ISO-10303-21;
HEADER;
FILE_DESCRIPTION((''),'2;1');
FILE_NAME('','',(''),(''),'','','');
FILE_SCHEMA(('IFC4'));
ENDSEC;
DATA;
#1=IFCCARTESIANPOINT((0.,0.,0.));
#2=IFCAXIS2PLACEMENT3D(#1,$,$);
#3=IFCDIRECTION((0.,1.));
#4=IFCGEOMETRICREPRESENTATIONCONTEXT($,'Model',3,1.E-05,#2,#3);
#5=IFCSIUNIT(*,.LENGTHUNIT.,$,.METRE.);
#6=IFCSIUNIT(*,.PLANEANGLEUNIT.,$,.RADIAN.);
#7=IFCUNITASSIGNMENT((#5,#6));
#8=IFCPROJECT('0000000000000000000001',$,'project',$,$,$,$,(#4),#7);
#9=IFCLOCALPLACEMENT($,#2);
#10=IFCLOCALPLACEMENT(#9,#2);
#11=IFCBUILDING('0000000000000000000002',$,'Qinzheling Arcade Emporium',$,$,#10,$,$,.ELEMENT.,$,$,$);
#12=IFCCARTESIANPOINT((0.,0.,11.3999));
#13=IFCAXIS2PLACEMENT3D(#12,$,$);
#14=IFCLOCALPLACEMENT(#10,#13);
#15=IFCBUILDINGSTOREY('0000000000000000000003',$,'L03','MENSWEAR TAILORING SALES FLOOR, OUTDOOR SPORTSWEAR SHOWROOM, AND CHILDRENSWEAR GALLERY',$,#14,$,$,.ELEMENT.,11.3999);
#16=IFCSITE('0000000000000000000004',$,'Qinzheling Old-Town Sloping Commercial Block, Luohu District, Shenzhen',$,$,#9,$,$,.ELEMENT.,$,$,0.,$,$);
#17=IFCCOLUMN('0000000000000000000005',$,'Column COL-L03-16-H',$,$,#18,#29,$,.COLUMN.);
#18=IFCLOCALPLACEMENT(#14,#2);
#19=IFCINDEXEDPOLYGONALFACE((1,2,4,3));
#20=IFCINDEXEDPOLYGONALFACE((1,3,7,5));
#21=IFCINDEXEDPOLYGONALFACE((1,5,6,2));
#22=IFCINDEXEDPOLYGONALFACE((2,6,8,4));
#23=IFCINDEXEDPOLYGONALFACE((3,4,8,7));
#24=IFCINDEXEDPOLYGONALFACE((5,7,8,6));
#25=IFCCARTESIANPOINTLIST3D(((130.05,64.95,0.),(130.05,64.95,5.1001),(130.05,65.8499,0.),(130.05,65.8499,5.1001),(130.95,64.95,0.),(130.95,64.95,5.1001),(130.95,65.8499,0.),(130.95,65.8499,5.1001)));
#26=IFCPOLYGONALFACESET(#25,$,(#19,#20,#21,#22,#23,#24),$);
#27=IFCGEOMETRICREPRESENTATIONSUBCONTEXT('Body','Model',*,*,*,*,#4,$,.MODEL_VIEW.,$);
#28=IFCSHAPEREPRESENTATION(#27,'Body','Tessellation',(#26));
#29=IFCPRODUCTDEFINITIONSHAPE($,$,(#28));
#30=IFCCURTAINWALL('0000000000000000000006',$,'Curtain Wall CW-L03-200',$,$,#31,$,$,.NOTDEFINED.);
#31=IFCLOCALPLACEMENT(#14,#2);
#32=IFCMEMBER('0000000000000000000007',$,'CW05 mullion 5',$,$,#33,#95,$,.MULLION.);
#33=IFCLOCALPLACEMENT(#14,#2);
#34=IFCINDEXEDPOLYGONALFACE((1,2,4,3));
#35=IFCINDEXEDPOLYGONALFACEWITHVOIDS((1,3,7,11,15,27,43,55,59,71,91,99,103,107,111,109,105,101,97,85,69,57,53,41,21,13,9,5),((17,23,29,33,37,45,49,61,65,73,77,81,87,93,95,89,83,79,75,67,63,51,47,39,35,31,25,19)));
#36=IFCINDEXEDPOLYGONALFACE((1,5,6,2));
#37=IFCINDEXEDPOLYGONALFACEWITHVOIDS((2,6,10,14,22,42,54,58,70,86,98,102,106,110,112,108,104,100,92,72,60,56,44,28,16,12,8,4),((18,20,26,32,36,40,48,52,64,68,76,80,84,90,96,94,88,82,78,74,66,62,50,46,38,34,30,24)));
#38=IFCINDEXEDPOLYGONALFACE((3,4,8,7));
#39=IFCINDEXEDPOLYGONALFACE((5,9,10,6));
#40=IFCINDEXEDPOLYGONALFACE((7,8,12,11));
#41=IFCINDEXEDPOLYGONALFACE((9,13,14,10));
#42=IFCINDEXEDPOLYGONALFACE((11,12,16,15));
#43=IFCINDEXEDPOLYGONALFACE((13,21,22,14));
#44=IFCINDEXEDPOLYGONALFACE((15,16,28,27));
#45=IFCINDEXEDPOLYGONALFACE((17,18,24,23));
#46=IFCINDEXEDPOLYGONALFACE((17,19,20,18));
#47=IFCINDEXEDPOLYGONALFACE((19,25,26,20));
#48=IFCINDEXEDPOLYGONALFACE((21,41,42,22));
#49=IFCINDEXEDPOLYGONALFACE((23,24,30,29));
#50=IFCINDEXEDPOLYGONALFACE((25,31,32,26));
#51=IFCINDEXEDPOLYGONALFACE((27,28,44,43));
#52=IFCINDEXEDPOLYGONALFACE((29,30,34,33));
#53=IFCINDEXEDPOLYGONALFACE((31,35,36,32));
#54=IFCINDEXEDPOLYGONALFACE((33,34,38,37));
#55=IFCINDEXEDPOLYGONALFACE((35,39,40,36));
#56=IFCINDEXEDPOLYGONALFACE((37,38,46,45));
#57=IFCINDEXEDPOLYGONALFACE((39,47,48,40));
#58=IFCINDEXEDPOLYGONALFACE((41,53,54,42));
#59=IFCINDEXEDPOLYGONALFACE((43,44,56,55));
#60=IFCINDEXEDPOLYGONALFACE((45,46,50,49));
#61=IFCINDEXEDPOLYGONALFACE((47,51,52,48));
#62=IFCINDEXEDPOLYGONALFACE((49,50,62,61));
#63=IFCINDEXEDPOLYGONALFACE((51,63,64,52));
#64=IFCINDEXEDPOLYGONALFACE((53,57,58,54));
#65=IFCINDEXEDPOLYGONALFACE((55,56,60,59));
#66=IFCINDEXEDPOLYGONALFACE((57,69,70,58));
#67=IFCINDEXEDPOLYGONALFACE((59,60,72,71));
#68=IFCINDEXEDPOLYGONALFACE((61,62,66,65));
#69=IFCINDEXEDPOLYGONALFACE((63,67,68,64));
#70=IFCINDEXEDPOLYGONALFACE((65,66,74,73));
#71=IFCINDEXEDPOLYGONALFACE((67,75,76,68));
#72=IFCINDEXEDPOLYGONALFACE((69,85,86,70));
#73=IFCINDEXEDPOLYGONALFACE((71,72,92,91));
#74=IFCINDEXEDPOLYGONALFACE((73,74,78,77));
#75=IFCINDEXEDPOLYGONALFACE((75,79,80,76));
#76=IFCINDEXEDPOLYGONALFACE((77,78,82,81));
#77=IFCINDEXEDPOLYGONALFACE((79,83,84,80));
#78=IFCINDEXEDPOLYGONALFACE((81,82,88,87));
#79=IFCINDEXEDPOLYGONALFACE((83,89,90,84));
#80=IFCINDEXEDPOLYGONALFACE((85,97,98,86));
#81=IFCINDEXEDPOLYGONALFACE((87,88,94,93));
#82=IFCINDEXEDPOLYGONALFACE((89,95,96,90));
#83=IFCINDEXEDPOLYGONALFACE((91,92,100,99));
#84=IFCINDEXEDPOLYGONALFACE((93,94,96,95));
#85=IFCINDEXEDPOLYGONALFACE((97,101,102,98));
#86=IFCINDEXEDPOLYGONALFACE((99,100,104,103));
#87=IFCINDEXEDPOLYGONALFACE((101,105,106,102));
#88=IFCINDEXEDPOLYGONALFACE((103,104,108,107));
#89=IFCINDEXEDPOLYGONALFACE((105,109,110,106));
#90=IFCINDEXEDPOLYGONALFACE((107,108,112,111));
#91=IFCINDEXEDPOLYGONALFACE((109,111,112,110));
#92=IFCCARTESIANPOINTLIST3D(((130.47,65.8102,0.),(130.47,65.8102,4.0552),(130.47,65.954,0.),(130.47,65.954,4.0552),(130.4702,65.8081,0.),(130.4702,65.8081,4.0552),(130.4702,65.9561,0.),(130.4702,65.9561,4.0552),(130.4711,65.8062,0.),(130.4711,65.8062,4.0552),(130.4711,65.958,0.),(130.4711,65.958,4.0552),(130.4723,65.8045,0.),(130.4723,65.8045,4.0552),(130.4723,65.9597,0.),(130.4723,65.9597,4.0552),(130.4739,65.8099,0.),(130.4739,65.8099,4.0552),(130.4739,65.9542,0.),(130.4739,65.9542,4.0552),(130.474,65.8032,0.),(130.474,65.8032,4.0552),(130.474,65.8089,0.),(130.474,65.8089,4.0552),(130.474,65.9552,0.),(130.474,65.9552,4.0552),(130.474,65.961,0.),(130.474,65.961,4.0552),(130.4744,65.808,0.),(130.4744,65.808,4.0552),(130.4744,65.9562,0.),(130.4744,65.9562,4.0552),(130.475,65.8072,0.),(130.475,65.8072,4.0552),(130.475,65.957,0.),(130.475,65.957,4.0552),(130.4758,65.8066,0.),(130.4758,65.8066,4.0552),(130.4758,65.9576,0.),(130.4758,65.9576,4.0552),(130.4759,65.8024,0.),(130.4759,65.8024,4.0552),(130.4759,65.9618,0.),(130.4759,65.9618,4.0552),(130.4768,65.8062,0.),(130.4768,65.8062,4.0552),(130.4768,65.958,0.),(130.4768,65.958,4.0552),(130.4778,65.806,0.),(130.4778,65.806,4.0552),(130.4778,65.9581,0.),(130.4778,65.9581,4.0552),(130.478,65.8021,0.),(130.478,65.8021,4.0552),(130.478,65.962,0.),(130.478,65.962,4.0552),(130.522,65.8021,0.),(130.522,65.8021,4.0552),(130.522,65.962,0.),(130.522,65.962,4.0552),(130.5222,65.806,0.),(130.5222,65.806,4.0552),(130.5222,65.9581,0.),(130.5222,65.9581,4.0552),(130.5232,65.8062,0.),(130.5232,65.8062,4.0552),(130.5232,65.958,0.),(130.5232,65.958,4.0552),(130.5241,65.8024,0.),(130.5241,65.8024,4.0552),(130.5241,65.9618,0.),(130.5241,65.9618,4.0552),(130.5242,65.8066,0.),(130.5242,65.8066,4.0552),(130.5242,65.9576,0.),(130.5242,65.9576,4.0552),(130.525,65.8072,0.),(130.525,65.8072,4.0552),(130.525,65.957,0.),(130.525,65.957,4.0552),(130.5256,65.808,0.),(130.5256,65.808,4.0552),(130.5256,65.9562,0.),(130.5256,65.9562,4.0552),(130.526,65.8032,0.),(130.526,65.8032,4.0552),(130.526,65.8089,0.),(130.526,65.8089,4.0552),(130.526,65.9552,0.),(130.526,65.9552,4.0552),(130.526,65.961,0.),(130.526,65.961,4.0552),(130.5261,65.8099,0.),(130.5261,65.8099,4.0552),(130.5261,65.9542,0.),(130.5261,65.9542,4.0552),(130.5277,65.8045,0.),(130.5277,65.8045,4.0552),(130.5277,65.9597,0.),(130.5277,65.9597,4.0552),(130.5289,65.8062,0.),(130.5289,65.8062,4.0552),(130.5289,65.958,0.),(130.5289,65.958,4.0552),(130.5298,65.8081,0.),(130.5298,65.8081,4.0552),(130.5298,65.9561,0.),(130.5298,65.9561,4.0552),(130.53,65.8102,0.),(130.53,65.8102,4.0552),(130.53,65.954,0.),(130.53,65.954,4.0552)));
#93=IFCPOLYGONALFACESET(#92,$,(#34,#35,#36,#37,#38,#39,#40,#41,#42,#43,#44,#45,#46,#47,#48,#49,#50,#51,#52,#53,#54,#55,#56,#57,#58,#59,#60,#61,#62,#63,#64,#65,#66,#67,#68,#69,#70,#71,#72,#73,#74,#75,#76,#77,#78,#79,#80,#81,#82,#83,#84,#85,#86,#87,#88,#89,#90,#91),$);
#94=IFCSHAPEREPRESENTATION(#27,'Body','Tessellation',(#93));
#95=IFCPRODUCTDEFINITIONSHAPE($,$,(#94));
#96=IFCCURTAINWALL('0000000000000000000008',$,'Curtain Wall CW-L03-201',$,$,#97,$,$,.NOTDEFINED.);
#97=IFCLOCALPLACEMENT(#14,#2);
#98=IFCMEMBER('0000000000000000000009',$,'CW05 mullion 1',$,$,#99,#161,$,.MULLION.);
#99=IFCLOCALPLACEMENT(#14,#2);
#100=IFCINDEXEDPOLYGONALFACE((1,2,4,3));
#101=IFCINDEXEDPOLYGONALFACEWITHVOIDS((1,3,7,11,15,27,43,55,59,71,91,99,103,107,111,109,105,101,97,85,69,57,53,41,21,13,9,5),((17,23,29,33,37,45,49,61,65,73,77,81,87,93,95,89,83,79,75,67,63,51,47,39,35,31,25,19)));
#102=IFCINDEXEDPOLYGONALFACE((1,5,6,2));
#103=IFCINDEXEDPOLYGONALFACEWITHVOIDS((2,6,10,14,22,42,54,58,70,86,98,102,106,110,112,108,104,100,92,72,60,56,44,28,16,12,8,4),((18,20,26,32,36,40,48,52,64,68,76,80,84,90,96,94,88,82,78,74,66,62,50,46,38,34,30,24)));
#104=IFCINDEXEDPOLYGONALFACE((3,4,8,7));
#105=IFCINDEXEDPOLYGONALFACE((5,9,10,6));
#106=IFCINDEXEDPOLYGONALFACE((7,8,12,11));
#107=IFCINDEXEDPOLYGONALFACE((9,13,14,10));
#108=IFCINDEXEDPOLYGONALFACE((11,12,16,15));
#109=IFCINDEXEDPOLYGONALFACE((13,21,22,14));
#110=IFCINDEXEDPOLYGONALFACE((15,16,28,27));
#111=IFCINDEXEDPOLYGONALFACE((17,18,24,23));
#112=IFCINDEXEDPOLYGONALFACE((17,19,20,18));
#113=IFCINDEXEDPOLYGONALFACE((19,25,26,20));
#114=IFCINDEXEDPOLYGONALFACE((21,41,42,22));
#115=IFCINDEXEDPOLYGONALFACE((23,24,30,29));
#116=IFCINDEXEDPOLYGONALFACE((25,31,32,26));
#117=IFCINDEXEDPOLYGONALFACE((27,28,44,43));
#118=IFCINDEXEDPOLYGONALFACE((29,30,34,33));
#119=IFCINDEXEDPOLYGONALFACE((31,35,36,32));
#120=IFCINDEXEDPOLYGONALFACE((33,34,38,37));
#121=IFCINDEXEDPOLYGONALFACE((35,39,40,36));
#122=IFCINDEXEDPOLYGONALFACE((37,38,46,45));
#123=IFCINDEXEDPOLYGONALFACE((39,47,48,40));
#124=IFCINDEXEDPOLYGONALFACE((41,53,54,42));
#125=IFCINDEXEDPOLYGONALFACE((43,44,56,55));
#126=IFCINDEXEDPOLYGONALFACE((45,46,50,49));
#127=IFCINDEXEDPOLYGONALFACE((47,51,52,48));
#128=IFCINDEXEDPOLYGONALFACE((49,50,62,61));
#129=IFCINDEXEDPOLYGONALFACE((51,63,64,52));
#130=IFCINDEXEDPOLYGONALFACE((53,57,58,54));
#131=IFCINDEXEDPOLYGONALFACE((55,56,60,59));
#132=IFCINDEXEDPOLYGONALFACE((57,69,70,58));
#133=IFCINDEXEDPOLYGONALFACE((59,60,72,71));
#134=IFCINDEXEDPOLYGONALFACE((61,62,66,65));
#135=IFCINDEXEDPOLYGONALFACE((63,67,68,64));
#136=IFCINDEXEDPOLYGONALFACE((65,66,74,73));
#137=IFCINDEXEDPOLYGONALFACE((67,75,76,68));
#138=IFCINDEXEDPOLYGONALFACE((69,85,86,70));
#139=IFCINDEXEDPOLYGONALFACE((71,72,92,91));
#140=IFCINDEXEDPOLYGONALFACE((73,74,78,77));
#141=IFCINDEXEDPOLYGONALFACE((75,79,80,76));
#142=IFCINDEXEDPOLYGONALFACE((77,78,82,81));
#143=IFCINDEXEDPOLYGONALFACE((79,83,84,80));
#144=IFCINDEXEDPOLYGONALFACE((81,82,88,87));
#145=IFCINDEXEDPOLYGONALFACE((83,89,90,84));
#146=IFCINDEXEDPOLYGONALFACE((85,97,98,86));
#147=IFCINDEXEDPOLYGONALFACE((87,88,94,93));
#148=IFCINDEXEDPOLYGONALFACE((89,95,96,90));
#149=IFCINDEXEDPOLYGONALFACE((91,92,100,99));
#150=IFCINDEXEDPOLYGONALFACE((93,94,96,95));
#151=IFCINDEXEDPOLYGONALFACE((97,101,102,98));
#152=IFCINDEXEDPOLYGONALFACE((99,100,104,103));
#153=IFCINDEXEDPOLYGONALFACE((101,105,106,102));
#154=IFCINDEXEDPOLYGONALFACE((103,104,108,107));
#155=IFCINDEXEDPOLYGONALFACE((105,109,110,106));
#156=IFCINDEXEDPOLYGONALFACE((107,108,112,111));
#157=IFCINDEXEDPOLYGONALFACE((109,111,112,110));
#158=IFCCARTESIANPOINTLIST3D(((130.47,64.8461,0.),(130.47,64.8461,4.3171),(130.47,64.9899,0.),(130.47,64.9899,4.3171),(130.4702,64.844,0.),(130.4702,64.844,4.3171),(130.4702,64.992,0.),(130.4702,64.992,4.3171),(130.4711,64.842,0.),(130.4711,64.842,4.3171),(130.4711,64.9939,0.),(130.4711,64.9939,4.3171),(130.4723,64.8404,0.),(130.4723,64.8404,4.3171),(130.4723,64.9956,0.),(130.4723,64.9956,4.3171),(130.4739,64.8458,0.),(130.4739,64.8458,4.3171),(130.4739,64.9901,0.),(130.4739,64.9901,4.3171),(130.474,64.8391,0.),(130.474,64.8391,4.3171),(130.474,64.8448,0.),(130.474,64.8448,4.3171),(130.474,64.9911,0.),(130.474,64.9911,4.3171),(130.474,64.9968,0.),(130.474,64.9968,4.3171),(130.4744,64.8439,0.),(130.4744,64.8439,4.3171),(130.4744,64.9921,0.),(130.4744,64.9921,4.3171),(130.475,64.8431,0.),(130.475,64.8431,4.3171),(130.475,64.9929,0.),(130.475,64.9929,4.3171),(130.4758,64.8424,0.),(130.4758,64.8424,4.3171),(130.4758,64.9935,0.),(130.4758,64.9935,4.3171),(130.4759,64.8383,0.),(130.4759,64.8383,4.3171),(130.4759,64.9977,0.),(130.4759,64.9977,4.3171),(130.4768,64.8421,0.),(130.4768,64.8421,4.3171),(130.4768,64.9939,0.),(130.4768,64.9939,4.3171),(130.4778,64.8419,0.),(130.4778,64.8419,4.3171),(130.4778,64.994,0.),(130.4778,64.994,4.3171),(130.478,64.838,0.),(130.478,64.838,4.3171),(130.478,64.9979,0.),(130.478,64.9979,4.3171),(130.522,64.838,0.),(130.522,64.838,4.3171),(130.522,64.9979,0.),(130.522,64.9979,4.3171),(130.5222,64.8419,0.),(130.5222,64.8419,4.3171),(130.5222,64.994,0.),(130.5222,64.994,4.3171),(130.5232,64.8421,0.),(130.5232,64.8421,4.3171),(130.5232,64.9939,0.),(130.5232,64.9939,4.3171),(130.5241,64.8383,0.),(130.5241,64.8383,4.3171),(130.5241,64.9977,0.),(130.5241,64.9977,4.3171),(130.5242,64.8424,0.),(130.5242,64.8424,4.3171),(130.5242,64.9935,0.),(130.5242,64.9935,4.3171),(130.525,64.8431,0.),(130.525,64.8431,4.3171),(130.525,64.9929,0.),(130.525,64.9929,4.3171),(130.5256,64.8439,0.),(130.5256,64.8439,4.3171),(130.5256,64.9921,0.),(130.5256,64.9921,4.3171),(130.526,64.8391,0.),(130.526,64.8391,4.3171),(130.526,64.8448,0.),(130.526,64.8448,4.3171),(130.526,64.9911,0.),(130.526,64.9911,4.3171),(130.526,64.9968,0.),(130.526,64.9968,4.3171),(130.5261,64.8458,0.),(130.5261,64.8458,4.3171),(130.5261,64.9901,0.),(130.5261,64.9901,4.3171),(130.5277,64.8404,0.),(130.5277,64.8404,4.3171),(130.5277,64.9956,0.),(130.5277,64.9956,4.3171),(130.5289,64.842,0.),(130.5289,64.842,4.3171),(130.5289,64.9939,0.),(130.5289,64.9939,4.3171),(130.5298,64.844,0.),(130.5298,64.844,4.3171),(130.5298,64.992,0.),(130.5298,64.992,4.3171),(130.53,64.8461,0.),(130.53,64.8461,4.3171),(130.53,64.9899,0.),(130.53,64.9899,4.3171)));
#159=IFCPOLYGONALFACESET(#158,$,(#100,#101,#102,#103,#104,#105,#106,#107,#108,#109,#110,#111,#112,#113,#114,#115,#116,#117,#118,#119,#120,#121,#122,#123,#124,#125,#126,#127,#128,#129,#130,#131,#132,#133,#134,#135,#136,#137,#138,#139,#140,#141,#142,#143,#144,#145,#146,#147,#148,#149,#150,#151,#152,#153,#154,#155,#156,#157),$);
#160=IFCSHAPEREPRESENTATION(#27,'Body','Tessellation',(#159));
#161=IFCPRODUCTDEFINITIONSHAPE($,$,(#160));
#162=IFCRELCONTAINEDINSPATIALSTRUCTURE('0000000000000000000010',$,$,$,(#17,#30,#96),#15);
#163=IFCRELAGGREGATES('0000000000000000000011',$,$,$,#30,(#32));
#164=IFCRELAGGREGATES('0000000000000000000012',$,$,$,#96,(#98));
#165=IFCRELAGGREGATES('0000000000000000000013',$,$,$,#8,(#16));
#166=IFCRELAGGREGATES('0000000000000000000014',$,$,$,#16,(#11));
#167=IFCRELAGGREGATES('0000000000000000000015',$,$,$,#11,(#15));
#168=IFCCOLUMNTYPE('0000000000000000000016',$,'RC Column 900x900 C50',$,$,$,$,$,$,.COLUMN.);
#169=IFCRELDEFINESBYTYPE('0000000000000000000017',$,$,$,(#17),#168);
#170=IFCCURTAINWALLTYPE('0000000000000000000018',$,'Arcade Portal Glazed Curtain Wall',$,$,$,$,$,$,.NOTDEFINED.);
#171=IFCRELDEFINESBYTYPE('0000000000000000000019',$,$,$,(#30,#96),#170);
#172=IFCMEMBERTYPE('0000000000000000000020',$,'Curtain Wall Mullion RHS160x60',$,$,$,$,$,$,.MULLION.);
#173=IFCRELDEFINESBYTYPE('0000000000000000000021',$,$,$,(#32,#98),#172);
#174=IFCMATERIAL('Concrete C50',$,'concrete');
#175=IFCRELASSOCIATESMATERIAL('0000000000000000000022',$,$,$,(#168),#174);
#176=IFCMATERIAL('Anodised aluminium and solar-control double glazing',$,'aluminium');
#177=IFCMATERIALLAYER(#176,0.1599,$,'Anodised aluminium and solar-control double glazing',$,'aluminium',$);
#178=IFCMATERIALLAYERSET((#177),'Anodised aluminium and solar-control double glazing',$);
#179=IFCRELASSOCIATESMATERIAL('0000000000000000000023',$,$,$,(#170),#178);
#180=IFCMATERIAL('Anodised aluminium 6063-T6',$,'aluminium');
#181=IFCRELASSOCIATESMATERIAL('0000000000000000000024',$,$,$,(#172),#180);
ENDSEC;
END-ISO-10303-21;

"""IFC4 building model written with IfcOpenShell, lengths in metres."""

from ifc_helpers import new_model, si_unit, direction, frame, origin, origin_2d, place, context, subcontext, project, spatial, rectangle, hollow_rectangle, extrude, material, layer, layer_set, material_profile, profile_set, type_object, element, aggregate, save


model = new_model("IFC4")

# Units and contexts
model_context = context("Model", 3, precision=1e-05, world=origin(), true_north=direction((0.0, 1.0)))
body_context = subcontext(model_context, "Body", "Model", "MODEL_VIEW")
ifc_project = project(units=[si_unit("LENGTHUNIT", "METRE"), si_unit("PLANEANGLEUNIT", "RADIAN")], contexts=[model_context])

# Site, building, storey
site_placement = place(None, origin())
site = spatial("IfcSite", under=ifc_project, at=site_placement, Name="Qinzheling Old-Town Sloping Commercial Block, Luohu District, Shenzhen", CompositionType="ELEMENT", RefElevation=0.0)
building_placement = place(site_placement, origin())
building = spatial("IfcBuilding", under=site, at=building_placement, Name="Qinzheling Arcade Emporium", CompositionType="ELEMENT")
storey_placement = place(building_placement, frame((0.0, 0.0, 11.3999)))
storey = spatial("IfcBuildingStorey", under=building, at=storey_placement, Name="L03", Description="MENSWEAR TAILORING SALES FLOOR, OUTDOOR SPORTSWEAR SHOWROOM, AND CHILDRENSWEAR GALLERY", CompositionType="ELEMENT", Elevation=11.3999)

# Column
ifc_material_1 = material(Name="Concrete C50", Category="concrete")
ifc_material_profile_1 = material_profile(ifc_material_1, rectangle(XDim=0.8999, YDim=0.8999, at=origin_2d()), Name="RC 900x900", Category="concrete")
ifc_profile_set_1 = profile_set([ifc_material_profile_1], Name="Concrete C50")
column_type = type_object("IfcColumnType", Name="RC Column 900x900 C50", PredefinedType="COLUMN", material=ifc_profile_set_1)
column_placement = place(storey_placement, frame((130.5, 65.3999, 0.0), z_axis=(0.0, 0.0, 1.0), x_axis=(1.0, 0.0, 0.0)))
element("IfcColumn", 1, at=column_placement, inside=storey, type_object=column_type, Name="Column COL-L03-16-H", PredefinedType="COLUMN", context=body_context, shape_type="SweptSolid", body=[
    extrude(rectangle(XDim=0.8999, YDim=0.8999, at=origin_2d()), origin(), (0.0, 0.0, 1.0), 5.1001),
])

# Curtain wall, member
ifc_material_2 = material(Name="Anodised aluminium and solar-control double glazing", Category="aluminium")
ifc_layer_1 = layer(ifc_material_2, 0.1599, Name="Anodised aluminium and solar-control double glazing", Category="aluminium")
ifc_layer_set_1 = layer_set([ifc_layer_1], Name="Anodised aluminium and solar-control double glazing")
curtain_wall_type = type_object("IfcCurtainWallType", Name="Arcade Portal Glazed Curtain Wall", PredefinedType="NOTDEFINED", material=ifc_layer_set_1)
curtain_wall_1_placement = place(storey_placement, origin())
curtain_wall_1 = element("IfcCurtainWall", 2, at=curtain_wall_1_placement, inside=storey, type_object=curtain_wall_type, Name="Curtain Wall CW-L03-200", PredefinedType="NOTDEFINED")
ifc_material_3 = material(Name="Anodised aluminium 6063-T6", Category="aluminium")
ifc_material_profile_2 = material_profile(ifc_material_3, hollow_rectangle(XDim=0.0601, YDim=0.1599, WallThickness=0.0039, InnerFilletRadius=0.0039, OuterFilletRadius=0.0081, at=origin_2d()), Name="RHS 160x60x4", Category="aluminium")
ifc_profile_set_2 = profile_set([ifc_material_profile_2], Name="Anodised aluminium 6063-T6")
member_type_1 = type_object("IfcMemberType", Name="Curtain Wall Mullion RHS160x60", PredefinedType="MULLION", material=ifc_profile_set_2)
member_1_placement = place(storey_placement, frame((130.5, 65.8821, 0.0), z_axis=(0.0, 0.0, 1.0), x_axis=(1.0, 0.0, 0.0)))
member_1 = element("IfcMember", 3, at=member_1_placement, type_object=member_type_1, Name="CW05 mullion 5", PredefinedType="MULLION", context=body_context, shape_type="SweptSolid", body=[
    extrude(hollow_rectangle(XDim=0.0601, YDim=0.1599, WallThickness=0.0039, InnerFilletRadius=0.0039, OuterFilletRadius=0.0081, at=origin_2d()), origin(), (0.0, 0.0, 1.0), 4.0552),
])

# Curtain wall, member
curtain_wall_2_placement = place(storey_placement, origin())
curtain_wall_2 = element("IfcCurtainWall", 4, at=curtain_wall_2_placement, inside=storey, type_object=curtain_wall_type, Name="Curtain Wall CW-L03-201", PredefinedType="NOTDEFINED")
member_2_placement = place(storey_placement, frame((130.5, 64.918, 0.0), z_axis=(0.0, 0.0, 1.0), x_axis=(1.0, 0.0, 0.0)))
member_2 = element("IfcMember", 5, at=member_2_placement, type_object=member_type_1, Name="CW05 mullion 1", PredefinedType="MULLION", context=body_context, shape_type="SweptSolid", body=[
    extrude(hollow_rectangle(XDim=0.0601, YDim=0.1599, WallThickness=0.0039, InnerFilletRadius=0.0039, OuterFilletRadius=0.0081, at=origin_2d()), origin(), (0.0, 0.0, 1.0), 4.3171),
])

aggregate(curtain_wall_1, [member_1])
aggregate(curtain_wall_2, [member_2])

save(model, "model.ifc")
